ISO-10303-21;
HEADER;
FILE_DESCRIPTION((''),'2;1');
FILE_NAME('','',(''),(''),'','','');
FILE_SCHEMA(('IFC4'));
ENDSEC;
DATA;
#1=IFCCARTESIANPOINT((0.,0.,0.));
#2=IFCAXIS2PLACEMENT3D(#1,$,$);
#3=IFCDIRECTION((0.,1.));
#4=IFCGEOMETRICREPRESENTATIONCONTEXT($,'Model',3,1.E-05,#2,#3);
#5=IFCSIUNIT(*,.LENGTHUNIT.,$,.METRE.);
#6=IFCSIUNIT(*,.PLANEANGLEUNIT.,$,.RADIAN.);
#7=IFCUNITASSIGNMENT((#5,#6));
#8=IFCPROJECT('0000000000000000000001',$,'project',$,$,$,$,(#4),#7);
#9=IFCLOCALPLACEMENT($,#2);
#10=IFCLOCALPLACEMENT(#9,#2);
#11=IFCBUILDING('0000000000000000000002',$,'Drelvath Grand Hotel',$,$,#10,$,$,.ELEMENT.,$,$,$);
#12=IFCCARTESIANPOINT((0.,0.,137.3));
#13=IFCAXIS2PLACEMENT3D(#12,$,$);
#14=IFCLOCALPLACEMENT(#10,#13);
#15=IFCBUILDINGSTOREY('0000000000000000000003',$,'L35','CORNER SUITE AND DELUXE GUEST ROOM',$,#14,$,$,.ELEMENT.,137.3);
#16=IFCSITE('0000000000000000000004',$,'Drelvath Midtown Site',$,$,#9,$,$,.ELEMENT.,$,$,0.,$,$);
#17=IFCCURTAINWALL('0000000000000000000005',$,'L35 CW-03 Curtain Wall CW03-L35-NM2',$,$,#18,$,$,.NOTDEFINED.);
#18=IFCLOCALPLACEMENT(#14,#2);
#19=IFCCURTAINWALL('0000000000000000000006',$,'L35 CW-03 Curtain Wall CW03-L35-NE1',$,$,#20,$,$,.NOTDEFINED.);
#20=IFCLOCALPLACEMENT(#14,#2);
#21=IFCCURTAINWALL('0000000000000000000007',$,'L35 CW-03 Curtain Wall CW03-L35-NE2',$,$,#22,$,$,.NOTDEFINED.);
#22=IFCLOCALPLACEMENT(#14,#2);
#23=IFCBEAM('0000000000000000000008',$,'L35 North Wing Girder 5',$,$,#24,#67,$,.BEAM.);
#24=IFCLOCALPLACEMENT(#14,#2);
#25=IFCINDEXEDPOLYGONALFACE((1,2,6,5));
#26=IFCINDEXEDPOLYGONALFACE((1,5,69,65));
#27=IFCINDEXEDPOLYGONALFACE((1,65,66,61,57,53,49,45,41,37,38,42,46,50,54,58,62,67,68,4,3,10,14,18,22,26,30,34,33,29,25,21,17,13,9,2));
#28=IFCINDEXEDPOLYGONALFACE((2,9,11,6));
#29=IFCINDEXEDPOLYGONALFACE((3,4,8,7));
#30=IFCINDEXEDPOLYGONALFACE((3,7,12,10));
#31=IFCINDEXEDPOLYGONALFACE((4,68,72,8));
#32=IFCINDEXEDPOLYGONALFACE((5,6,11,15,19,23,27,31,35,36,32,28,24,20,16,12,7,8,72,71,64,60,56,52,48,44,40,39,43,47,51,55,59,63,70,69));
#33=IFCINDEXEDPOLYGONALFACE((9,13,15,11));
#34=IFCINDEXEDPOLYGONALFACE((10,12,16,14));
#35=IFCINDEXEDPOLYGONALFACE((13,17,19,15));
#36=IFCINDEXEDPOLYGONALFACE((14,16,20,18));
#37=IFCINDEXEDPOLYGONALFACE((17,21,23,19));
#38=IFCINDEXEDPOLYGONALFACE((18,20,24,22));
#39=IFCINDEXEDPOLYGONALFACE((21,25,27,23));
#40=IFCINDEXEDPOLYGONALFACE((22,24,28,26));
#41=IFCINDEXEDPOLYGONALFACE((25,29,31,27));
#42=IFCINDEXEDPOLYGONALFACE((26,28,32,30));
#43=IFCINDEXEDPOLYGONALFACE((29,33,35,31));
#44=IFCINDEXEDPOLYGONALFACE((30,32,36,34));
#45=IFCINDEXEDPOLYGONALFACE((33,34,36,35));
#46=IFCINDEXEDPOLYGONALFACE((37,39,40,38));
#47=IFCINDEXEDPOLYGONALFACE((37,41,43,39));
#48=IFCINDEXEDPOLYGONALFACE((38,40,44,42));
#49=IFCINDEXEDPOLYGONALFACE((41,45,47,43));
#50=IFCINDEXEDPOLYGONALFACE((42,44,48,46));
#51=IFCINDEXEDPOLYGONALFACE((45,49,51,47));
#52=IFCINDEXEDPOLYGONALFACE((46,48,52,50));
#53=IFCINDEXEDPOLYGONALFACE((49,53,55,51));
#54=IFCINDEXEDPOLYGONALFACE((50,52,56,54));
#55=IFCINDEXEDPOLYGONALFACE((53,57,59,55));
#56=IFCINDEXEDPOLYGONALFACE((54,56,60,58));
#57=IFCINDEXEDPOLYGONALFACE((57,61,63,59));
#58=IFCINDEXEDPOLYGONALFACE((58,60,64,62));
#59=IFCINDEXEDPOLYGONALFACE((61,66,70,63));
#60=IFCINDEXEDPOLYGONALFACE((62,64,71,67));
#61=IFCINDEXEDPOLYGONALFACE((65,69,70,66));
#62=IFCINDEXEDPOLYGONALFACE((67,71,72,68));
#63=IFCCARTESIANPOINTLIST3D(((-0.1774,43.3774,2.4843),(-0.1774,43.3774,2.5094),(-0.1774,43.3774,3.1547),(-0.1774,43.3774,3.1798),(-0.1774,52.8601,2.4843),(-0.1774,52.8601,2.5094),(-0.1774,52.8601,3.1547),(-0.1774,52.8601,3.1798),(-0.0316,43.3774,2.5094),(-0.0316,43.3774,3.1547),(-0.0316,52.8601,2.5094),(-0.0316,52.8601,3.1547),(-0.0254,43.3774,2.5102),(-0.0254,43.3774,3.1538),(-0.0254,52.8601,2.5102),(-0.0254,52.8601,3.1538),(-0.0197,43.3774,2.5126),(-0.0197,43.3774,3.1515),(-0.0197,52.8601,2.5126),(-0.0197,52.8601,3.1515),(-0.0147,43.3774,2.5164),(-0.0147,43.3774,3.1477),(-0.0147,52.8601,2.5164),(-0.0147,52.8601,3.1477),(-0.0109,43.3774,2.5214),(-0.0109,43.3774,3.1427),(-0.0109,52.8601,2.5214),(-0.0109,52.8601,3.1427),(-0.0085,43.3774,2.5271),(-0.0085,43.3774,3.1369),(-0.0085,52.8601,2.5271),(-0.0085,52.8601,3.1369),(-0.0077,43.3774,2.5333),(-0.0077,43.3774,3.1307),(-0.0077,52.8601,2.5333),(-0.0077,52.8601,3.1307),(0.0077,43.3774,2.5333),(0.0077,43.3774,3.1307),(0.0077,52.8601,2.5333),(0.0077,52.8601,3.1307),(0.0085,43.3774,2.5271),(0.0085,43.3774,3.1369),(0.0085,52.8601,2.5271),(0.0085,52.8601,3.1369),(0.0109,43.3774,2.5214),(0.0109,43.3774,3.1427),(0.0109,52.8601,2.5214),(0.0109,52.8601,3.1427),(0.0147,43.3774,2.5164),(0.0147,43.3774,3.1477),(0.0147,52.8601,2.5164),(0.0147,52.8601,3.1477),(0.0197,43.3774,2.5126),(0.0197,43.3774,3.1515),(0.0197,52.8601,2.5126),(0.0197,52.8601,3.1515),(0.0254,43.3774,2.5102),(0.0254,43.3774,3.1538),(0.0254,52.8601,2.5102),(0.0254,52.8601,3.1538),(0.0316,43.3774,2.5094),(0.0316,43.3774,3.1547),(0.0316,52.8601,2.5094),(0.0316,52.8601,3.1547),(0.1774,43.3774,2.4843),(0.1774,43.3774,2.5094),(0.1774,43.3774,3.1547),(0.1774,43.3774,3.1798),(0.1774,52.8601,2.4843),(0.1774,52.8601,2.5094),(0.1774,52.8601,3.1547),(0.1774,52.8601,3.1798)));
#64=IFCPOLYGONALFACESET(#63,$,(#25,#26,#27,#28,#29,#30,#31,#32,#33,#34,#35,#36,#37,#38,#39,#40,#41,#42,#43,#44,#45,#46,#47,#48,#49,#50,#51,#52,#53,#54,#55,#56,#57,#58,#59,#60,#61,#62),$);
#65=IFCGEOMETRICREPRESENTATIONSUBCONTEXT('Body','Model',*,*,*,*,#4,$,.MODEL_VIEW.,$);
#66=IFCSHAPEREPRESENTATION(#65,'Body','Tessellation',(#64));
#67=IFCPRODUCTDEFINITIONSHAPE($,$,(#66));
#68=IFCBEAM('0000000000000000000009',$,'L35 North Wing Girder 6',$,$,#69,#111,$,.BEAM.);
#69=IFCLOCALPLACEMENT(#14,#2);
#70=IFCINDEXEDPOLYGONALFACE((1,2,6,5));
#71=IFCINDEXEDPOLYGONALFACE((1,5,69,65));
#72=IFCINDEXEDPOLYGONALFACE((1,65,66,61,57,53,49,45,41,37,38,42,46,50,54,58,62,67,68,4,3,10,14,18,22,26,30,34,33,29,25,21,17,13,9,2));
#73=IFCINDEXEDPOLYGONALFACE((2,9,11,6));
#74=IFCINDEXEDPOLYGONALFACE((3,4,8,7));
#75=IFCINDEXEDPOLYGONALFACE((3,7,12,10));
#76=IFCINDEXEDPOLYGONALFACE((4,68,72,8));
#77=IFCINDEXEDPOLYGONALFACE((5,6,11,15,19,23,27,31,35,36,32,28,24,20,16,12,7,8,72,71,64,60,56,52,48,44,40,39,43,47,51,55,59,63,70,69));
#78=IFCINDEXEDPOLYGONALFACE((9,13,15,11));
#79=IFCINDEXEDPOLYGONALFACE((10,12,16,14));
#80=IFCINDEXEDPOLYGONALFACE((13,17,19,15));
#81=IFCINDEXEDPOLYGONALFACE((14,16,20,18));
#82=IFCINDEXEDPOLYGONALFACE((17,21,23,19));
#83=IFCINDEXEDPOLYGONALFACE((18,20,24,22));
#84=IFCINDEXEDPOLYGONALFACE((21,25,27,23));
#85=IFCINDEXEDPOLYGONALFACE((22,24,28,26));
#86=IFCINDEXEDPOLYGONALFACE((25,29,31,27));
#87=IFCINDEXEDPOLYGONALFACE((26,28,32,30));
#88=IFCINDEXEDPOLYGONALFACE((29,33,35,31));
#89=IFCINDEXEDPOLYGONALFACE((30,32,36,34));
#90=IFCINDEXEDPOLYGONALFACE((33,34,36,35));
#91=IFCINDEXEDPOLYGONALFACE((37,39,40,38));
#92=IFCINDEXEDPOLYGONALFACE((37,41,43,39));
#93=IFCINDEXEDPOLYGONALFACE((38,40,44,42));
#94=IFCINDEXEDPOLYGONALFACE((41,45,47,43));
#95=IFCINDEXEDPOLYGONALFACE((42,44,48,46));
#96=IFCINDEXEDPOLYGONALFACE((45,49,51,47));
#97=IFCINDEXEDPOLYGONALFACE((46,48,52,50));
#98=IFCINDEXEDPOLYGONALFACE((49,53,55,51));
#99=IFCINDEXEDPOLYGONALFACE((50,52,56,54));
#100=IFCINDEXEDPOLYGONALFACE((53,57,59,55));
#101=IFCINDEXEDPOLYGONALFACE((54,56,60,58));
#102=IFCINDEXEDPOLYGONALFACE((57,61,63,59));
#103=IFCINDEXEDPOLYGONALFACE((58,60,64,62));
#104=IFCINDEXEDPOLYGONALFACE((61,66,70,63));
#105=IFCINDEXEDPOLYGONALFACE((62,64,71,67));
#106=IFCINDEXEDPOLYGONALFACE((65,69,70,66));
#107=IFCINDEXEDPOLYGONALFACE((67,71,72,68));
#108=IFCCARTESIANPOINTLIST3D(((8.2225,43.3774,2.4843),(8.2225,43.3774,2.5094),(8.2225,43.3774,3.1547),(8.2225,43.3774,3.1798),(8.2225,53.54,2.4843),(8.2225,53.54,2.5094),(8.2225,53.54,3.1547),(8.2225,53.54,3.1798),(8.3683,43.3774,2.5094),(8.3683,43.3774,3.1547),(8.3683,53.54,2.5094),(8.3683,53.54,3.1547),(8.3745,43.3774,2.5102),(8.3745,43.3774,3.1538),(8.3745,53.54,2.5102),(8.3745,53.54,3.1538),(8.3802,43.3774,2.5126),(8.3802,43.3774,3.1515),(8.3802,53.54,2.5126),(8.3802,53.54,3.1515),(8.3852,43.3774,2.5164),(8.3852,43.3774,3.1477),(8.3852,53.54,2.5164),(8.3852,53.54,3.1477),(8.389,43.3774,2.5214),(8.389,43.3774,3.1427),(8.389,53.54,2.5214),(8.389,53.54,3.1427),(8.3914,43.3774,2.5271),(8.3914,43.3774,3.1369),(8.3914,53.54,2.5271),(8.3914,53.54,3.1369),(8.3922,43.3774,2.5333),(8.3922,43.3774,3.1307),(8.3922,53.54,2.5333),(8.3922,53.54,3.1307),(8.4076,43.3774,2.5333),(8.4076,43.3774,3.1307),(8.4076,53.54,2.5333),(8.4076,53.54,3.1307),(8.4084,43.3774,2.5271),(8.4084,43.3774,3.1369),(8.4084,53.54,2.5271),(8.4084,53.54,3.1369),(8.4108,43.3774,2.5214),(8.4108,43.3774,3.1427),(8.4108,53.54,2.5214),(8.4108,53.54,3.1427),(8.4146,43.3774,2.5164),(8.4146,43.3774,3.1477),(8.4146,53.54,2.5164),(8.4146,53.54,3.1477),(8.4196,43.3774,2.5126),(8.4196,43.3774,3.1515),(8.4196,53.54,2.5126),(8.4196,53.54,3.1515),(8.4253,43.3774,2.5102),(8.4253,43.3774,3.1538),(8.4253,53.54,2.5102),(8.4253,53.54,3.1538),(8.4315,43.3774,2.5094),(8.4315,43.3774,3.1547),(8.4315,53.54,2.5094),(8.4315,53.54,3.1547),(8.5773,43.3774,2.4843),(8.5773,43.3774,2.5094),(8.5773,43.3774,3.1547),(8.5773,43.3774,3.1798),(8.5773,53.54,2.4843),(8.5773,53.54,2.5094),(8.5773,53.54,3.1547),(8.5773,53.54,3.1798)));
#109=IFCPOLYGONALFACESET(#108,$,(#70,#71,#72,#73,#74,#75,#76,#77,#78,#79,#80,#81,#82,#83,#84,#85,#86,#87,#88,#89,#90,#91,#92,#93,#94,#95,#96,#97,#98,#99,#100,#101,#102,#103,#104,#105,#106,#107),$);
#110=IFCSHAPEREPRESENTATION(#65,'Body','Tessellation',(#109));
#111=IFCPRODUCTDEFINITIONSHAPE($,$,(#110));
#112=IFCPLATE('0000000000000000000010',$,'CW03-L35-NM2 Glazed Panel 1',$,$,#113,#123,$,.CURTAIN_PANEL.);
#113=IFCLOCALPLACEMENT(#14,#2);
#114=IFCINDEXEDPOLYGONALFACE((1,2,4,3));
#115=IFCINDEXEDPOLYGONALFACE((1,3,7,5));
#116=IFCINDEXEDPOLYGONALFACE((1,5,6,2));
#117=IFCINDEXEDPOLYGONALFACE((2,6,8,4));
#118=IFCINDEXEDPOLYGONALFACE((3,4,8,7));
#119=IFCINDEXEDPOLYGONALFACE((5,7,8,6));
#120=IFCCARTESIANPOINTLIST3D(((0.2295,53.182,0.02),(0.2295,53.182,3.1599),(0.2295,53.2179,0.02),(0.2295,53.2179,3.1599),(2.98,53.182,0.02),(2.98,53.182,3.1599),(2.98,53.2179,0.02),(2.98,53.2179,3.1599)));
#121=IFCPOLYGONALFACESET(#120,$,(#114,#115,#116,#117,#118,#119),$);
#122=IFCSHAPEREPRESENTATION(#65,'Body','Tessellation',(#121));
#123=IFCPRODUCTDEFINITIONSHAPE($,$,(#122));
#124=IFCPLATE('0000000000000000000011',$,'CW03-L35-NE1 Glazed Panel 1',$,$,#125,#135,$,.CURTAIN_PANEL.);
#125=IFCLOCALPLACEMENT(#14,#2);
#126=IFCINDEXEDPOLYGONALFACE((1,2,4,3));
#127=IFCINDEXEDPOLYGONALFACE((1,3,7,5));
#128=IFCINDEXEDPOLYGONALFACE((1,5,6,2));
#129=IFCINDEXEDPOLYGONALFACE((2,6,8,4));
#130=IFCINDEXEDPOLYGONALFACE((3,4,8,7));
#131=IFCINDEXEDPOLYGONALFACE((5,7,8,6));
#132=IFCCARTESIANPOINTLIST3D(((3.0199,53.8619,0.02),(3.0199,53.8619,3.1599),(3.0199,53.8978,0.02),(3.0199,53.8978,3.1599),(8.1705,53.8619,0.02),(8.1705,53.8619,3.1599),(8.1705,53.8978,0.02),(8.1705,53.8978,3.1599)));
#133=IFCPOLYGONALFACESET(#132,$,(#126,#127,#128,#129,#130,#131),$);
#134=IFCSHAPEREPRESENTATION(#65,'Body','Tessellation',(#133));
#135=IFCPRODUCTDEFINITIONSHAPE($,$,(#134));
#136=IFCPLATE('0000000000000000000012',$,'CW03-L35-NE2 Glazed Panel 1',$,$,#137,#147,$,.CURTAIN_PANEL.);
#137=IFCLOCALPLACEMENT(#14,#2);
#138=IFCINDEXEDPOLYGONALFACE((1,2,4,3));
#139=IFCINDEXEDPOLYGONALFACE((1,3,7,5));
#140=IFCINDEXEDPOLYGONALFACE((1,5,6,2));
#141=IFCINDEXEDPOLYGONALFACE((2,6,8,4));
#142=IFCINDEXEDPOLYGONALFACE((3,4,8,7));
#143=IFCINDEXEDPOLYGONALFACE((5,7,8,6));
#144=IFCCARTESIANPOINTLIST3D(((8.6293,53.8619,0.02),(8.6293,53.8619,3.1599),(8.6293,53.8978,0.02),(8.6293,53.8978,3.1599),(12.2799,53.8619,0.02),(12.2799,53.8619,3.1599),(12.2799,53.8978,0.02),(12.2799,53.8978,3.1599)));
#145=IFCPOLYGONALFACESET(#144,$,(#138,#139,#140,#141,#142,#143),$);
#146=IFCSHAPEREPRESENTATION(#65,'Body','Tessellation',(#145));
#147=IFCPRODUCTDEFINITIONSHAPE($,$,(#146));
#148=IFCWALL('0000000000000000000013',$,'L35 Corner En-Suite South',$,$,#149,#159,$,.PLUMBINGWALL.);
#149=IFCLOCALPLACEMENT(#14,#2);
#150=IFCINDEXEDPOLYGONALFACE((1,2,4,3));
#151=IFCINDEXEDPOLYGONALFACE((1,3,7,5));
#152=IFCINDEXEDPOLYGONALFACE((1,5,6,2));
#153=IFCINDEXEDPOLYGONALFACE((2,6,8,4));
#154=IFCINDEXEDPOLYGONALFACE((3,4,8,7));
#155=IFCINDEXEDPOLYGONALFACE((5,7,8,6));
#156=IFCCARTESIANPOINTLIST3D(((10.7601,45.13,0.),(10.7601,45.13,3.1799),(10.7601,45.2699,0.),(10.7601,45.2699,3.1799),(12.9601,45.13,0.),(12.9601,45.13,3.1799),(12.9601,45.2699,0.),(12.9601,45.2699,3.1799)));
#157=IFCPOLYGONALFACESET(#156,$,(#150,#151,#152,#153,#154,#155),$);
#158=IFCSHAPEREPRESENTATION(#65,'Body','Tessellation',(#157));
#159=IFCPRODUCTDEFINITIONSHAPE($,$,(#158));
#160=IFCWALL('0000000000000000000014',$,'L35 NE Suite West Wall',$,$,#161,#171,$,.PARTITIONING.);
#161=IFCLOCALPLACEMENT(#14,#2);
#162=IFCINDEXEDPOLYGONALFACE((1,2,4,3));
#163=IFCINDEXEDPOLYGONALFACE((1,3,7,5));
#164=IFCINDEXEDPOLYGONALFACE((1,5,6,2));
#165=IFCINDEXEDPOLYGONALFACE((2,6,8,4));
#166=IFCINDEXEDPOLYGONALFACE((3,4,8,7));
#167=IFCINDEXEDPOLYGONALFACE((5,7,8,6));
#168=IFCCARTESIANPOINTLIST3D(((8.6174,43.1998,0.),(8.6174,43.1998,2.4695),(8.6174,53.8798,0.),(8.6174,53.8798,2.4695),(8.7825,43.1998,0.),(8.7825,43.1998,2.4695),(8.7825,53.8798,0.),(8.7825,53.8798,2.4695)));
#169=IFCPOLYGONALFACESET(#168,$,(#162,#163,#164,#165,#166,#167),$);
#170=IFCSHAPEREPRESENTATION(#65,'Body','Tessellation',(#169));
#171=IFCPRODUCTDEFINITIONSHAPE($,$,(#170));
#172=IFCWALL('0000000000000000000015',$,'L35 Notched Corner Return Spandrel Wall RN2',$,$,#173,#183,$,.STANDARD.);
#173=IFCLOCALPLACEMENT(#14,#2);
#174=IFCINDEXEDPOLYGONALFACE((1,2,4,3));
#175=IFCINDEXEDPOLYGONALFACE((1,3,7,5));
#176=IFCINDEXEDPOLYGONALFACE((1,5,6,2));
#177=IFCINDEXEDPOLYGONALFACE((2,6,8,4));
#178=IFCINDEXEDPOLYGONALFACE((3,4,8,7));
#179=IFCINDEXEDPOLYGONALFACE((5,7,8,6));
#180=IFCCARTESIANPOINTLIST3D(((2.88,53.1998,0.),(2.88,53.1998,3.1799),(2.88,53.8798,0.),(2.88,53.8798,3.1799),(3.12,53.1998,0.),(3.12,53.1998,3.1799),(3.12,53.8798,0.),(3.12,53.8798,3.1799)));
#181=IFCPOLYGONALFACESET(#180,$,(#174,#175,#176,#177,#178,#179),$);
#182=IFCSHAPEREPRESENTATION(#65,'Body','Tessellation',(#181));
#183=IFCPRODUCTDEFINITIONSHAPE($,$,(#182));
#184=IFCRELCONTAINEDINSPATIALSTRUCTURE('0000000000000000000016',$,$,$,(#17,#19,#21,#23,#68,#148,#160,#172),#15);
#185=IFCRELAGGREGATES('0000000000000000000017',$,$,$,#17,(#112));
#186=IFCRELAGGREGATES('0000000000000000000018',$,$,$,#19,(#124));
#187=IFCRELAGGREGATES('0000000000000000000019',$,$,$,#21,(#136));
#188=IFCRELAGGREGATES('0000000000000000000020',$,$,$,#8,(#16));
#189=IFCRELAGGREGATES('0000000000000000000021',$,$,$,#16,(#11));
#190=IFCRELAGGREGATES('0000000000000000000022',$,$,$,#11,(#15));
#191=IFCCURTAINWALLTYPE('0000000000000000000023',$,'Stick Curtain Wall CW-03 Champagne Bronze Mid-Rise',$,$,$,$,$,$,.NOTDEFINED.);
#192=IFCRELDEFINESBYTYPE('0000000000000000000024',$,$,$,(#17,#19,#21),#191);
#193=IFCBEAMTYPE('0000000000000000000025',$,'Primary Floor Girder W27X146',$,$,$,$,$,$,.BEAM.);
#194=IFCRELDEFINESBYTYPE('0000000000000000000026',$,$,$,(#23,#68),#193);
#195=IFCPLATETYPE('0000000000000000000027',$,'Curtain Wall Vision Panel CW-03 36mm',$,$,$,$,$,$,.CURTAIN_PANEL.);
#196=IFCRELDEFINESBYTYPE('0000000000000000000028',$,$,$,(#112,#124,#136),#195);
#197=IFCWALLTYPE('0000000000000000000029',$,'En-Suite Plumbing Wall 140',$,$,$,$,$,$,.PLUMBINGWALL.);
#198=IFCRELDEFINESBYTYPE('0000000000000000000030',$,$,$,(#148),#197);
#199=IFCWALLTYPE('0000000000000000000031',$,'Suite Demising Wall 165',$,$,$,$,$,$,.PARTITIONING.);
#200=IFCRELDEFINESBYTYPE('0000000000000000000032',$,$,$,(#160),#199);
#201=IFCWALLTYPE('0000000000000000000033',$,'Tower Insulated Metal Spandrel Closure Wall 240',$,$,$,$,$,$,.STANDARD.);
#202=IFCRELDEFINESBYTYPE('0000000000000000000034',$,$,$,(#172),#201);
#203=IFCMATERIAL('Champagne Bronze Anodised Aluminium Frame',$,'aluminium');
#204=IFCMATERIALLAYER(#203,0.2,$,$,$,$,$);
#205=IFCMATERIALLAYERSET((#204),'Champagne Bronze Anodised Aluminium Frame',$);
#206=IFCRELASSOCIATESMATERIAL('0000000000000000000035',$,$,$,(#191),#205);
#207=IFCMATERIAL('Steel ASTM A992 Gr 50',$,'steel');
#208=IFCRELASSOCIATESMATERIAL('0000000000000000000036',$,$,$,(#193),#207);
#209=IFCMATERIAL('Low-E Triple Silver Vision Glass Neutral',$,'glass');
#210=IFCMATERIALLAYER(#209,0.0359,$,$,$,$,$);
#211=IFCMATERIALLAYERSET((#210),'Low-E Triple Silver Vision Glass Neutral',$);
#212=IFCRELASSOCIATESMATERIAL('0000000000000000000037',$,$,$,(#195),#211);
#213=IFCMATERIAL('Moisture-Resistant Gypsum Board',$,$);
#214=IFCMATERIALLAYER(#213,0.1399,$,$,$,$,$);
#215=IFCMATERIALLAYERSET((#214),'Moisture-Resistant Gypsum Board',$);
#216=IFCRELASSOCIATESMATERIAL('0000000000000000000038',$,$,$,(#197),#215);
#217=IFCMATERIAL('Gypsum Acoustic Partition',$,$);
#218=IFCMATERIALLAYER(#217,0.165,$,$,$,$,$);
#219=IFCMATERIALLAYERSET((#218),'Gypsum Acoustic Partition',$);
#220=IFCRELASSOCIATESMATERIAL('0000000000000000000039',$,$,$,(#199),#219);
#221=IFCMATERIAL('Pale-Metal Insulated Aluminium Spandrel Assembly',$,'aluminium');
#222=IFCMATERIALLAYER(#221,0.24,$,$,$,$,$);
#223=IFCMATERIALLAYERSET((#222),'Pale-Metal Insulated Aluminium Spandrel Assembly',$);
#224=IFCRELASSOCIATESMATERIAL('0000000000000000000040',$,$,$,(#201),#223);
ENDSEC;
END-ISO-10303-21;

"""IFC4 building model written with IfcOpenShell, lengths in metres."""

from ifc_helpers import new_model, si_unit, direction, frame, frame_2d, origin, origin_2d, place, context, subcontext, project, spatial, rectangle, i_section, extrude, material, layer, layer_set, material_profile, profile_set, type_object, element, aggregate, save


model = new_model("IFC4")

# Units and contexts
model_context = context("Model", 3, precision=1e-05, world=origin(), true_north=direction((0.0, 1.0)))
body_context = subcontext(model_context, "Body", "Model", "MODEL_VIEW")
ifc_project = project(units=[si_unit("LENGTHUNIT", "METRE"), si_unit("PLANEANGLEUNIT", "RADIAN")], contexts=[model_context])

# Site, building, storey
site_placement = place(None, origin())
site = spatial("IfcSite", under=ifc_project, at=site_placement, Name="Drelvath Midtown Site", CompositionType="ELEMENT", RefElevation=0.0)
building_placement = place(site_placement, origin())
building = spatial("IfcBuilding", under=site, at=building_placement, Name="Drelvath Grand Hotel", CompositionType="ELEMENT")
storey_placement = place(building_placement, frame((0.0, 0.0, 137.3)))
storey = spatial("IfcBuildingStorey", under=building, at=storey_placement, Name="L35", Description="CORNER SUITE AND DELUXE GUEST ROOM", CompositionType="ELEMENT", Elevation=137.3)

# Curtain walls
ifc_material_1 = material(Name="Champagne Bronze Anodised Aluminium Frame", Category="aluminium")
ifc_layer_1 = layer(ifc_material_1, 0.2)
ifc_layer_set_1 = layer_set([ifc_layer_1], Name="Champagne Bronze Anodised Aluminium Frame")
curtain_wall_type = type_object("IfcCurtainWallType", Name="Stick Curtain Wall CW-03 Champagne Bronze Mid-Rise", PredefinedType="NOTDEFINED", material=ifc_layer_set_1)
curtain_wall_1_placement = place(storey_placement, origin())
curtain_wall_1 = element("IfcCurtainWall", 1, at=curtain_wall_1_placement, inside=storey, type_object=curtain_wall_type, Name="L35 CW-03 Curtain Wall CW03-L35-NM2", PredefinedType="NOTDEFINED")
curtain_wall_2_placement = place(storey_placement, origin())
curtain_wall_2 = element("IfcCurtainWall", 2, at=curtain_wall_2_placement, inside=storey, type_object=curtain_wall_type, Name="L35 CW-03 Curtain Wall CW03-L35-NE1", PredefinedType="NOTDEFINED")
curtain_wall_3_placement = place(storey_placement, origin())
curtain_wall_3 = element("IfcCurtainWall", 3, at=curtain_wall_3_placement, inside=storey, type_object=curtain_wall_type, Name="L35 CW-03 Curtain Wall CW03-L35-NE2", PredefinedType="NOTDEFINED")

# Beams
ifc_material_2 = material(Name="Steel ASTM A992 Gr 50", Category="steel")
ifc_material_profile_1 = material_profile(ifc_material_2, i_section(OverallWidth=0.3547, OverallDepth=0.6956, WebThickness=0.0154, FlangeThickness=0.0251, FilletRadius=0.0239, at=origin_2d()), Name="W27X146")
ifc_profile_set_1 = profile_set([ifc_material_profile_1], Name="Steel ASTM A992 Gr 50")
beam_type_1 = type_object("IfcBeamType", Name="Primary Floor Girder W27X146", PredefinedType="BEAM", material=ifc_profile_set_1)
beam_1_placement = place(storey_placement, frame((0.0, 43.3774, 2.832), z_axis=(0.0, 1.0, 0.0), x_axis=(-1.0, 0.0, 0.0)))
element("IfcBeam", 4, at=beam_1_placement, inside=storey, type_object=beam_type_1, Name="L35 North Wing Girder 5", PredefinedType="BEAM", context=body_context, shape_type="SweptSolid", body=[
    extrude(i_section(OverallWidth=0.3547, OverallDepth=0.6956, WebThickness=0.0154, FlangeThickness=0.0251, FilletRadius=0.0239, at=origin_2d()), origin(), (0.0, 0.0, 1.0), 9.4827),
])
beam_2_placement = place(storey_placement, frame((8.3999, 43.3774, 2.832), z_axis=(0.0, 1.0, 0.0), x_axis=(-1.0, 0.0, 0.0)))
element("IfcBeam", 5, at=beam_2_placement, inside=storey, type_object=beam_type_1, Name="L35 North Wing Girder 6", PredefinedType="BEAM", context=body_context, shape_type="SweptSolid", body=[
    extrude(i_section(OverallWidth=0.3547, OverallDepth=0.6956, WebThickness=0.0154, FlangeThickness=0.0251, FilletRadius=0.0239, at=origin_2d()), origin(), (0.0, 0.0, 1.0), 10.1626),
])

# Plates
ifc_material_3 = material(Name="Low-E Triple Silver Vision Glass Neutral", Category="glass")
ifc_layer_2 = layer(ifc_material_3, 0.0359)
ifc_layer_set_2 = layer_set([ifc_layer_2], Name="Low-E Triple Silver Vision Glass Neutral")
plate_type = type_object("IfcPlateType", Name="Curtain Wall Vision Panel CW-03 36mm", PredefinedType="CURTAIN_PANEL", material=ifc_layer_set_2)
plate_1_placement = place(storey_placement, frame((1.6047, 53.2, 0.02), z_axis=(0.0, 0.0, 1.0), x_axis=(1.0, 0.0, 0.0)))
plate_1 = element("IfcPlate", 6, at=plate_1_placement, type_object=plate_type, Name="CW03-L35-NM2 Glazed Panel 1", PredefinedType="CURTAIN_PANEL", context=body_context, shape_type="SweptSolid", body=[
    extrude(rectangle(XDim=2.7505, YDim=0.0359, at=origin_2d()), origin(), (0.0, 0.0, 1.0), 3.1399),
])
aggregate(curtain_wall_1, [plate_1])
plate_2_placement = place(storey_placement, frame((5.5952, 53.8799, 0.02), z_axis=(0.0, 0.0, 1.0), x_axis=(1.0, 0.0, 0.0)))
plate_2 = element("IfcPlate", 7, at=plate_2_placement, type_object=plate_type, Name="CW03-L35-NE1 Glazed Panel 1", PredefinedType="CURTAIN_PANEL", context=body_context, shape_type="SweptSolid", body=[
    extrude(rectangle(XDim=5.1506, YDim=0.0359, at=origin_2d()), origin(), (0.0, 0.0, 1.0), 3.1399),
])
aggregate(curtain_wall_2, [plate_2])
plate_3_placement = place(storey_placement, frame((10.4546, 53.8799, 0.02), z_axis=(0.0, 0.0, 1.0), x_axis=(1.0, 0.0, 0.0)))
plate_3 = element("IfcPlate", 8, at=plate_3_placement, type_object=plate_type, Name="CW03-L35-NE2 Glazed Panel 1", PredefinedType="CURTAIN_PANEL", context=body_context, shape_type="SweptSolid", body=[
    extrude(rectangle(XDim=3.6506, YDim=0.0359, at=origin_2d()), origin(), (0.0, 0.0, 1.0), 3.1399),
])
aggregate(curtain_wall_3, [plate_3])

# Walls
ifc_material_4 = material(Name="Moisture-Resistant Gypsum Board")
ifc_layer_3 = layer(ifc_material_4, 0.1399)
ifc_layer_set_3 = layer_set([ifc_layer_3], Name="Moisture-Resistant Gypsum Board")
wall_type_1 = type_object("IfcWallType", Name="En-Suite Plumbing Wall 140", PredefinedType="PLUMBINGWALL", material=ifc_layer_set_3)
wall_1_placement = place(storey_placement, frame((10.76, 45.2, 0.0), z_axis=(0.0, 0.0, 1.0), x_axis=(1.0, 0.0, 0.0)))
element("IfcWall", 9, at=wall_1_placement, inside=storey, type_object=wall_type_1, Name="L35 Corner En-Suite South", PredefinedType="PLUMBINGWALL", context=body_context, shape_type="SweptSolid", body=[
    extrude(rectangle(XDim=2.2, YDim=0.1399, at=frame_2d((1.1001, 0.0))), origin(), (0.0, 0.0, 1.0), 3.1799),
])
ifc_material_5 = material(Name="Gypsum Acoustic Partition")
ifc_layer_4 = layer(ifc_material_5, 0.165)
ifc_layer_set_4 = layer_set([ifc_layer_4], Name="Gypsum Acoustic Partition")
wall_type_2 = type_object("IfcWallType", Name="Suite Demising Wall 165", PredefinedType="PARTITIONING", material=ifc_layer_set_4)
wall_2_placement = place(storey_placement, frame((8.7, 43.2, 0.0), z_axis=(0.0, 0.0, 1.0), x_axis=(0.0, 1.0, 0.0)))
element("IfcWall", 10, at=wall_2_placement, inside=storey, type_object=wall_type_2, Name="L35 NE Suite West Wall", PredefinedType="PARTITIONING", context=body_context, shape_type="SweptSolid", body=[
    extrude(rectangle(XDim=10.6799, YDim=0.165, at=frame_2d((5.3398, 0.0))), origin(), (0.0, 0.0, 1.0), 2.4695),
])
ifc_material_6 = material(Name="Pale-Metal Insulated Aluminium Spandrel Assembly", Category="aluminium")
ifc_layer_5 = layer(ifc_material_6, 0.24)
ifc_layer_set_5 = layer_set([ifc_layer_5], Name="Pale-Metal Insulated Aluminium Spandrel Assembly")
wall_type_3 = type_object("IfcWallType", Name="Tower Insulated Metal Spandrel Closure Wall 240", PredefinedType="STANDARD", material=ifc_layer_set_5)
wall_3_placement = place(storey_placement, frame((3.0, 53.2, 0.0), z_axis=(0.0, 0.0, 1.0), x_axis=(0.0, 1.0, 0.0)))
element("IfcWall", 11, at=wall_3_placement, inside=storey, type_object=wall_type_3, Name="L35 Notched Corner Return Spandrel Wall RN2", PredefinedType="STANDARD", context=body_context, shape_type="SweptSolid", body=[
    extrude(rectangle(XDim=0.6799, YDim=0.24, at=frame_2d((0.3398, 0.0))), origin(), (0.0, 0.0, 1.0), 3.1799),
])

save(model, "model.ifc")
